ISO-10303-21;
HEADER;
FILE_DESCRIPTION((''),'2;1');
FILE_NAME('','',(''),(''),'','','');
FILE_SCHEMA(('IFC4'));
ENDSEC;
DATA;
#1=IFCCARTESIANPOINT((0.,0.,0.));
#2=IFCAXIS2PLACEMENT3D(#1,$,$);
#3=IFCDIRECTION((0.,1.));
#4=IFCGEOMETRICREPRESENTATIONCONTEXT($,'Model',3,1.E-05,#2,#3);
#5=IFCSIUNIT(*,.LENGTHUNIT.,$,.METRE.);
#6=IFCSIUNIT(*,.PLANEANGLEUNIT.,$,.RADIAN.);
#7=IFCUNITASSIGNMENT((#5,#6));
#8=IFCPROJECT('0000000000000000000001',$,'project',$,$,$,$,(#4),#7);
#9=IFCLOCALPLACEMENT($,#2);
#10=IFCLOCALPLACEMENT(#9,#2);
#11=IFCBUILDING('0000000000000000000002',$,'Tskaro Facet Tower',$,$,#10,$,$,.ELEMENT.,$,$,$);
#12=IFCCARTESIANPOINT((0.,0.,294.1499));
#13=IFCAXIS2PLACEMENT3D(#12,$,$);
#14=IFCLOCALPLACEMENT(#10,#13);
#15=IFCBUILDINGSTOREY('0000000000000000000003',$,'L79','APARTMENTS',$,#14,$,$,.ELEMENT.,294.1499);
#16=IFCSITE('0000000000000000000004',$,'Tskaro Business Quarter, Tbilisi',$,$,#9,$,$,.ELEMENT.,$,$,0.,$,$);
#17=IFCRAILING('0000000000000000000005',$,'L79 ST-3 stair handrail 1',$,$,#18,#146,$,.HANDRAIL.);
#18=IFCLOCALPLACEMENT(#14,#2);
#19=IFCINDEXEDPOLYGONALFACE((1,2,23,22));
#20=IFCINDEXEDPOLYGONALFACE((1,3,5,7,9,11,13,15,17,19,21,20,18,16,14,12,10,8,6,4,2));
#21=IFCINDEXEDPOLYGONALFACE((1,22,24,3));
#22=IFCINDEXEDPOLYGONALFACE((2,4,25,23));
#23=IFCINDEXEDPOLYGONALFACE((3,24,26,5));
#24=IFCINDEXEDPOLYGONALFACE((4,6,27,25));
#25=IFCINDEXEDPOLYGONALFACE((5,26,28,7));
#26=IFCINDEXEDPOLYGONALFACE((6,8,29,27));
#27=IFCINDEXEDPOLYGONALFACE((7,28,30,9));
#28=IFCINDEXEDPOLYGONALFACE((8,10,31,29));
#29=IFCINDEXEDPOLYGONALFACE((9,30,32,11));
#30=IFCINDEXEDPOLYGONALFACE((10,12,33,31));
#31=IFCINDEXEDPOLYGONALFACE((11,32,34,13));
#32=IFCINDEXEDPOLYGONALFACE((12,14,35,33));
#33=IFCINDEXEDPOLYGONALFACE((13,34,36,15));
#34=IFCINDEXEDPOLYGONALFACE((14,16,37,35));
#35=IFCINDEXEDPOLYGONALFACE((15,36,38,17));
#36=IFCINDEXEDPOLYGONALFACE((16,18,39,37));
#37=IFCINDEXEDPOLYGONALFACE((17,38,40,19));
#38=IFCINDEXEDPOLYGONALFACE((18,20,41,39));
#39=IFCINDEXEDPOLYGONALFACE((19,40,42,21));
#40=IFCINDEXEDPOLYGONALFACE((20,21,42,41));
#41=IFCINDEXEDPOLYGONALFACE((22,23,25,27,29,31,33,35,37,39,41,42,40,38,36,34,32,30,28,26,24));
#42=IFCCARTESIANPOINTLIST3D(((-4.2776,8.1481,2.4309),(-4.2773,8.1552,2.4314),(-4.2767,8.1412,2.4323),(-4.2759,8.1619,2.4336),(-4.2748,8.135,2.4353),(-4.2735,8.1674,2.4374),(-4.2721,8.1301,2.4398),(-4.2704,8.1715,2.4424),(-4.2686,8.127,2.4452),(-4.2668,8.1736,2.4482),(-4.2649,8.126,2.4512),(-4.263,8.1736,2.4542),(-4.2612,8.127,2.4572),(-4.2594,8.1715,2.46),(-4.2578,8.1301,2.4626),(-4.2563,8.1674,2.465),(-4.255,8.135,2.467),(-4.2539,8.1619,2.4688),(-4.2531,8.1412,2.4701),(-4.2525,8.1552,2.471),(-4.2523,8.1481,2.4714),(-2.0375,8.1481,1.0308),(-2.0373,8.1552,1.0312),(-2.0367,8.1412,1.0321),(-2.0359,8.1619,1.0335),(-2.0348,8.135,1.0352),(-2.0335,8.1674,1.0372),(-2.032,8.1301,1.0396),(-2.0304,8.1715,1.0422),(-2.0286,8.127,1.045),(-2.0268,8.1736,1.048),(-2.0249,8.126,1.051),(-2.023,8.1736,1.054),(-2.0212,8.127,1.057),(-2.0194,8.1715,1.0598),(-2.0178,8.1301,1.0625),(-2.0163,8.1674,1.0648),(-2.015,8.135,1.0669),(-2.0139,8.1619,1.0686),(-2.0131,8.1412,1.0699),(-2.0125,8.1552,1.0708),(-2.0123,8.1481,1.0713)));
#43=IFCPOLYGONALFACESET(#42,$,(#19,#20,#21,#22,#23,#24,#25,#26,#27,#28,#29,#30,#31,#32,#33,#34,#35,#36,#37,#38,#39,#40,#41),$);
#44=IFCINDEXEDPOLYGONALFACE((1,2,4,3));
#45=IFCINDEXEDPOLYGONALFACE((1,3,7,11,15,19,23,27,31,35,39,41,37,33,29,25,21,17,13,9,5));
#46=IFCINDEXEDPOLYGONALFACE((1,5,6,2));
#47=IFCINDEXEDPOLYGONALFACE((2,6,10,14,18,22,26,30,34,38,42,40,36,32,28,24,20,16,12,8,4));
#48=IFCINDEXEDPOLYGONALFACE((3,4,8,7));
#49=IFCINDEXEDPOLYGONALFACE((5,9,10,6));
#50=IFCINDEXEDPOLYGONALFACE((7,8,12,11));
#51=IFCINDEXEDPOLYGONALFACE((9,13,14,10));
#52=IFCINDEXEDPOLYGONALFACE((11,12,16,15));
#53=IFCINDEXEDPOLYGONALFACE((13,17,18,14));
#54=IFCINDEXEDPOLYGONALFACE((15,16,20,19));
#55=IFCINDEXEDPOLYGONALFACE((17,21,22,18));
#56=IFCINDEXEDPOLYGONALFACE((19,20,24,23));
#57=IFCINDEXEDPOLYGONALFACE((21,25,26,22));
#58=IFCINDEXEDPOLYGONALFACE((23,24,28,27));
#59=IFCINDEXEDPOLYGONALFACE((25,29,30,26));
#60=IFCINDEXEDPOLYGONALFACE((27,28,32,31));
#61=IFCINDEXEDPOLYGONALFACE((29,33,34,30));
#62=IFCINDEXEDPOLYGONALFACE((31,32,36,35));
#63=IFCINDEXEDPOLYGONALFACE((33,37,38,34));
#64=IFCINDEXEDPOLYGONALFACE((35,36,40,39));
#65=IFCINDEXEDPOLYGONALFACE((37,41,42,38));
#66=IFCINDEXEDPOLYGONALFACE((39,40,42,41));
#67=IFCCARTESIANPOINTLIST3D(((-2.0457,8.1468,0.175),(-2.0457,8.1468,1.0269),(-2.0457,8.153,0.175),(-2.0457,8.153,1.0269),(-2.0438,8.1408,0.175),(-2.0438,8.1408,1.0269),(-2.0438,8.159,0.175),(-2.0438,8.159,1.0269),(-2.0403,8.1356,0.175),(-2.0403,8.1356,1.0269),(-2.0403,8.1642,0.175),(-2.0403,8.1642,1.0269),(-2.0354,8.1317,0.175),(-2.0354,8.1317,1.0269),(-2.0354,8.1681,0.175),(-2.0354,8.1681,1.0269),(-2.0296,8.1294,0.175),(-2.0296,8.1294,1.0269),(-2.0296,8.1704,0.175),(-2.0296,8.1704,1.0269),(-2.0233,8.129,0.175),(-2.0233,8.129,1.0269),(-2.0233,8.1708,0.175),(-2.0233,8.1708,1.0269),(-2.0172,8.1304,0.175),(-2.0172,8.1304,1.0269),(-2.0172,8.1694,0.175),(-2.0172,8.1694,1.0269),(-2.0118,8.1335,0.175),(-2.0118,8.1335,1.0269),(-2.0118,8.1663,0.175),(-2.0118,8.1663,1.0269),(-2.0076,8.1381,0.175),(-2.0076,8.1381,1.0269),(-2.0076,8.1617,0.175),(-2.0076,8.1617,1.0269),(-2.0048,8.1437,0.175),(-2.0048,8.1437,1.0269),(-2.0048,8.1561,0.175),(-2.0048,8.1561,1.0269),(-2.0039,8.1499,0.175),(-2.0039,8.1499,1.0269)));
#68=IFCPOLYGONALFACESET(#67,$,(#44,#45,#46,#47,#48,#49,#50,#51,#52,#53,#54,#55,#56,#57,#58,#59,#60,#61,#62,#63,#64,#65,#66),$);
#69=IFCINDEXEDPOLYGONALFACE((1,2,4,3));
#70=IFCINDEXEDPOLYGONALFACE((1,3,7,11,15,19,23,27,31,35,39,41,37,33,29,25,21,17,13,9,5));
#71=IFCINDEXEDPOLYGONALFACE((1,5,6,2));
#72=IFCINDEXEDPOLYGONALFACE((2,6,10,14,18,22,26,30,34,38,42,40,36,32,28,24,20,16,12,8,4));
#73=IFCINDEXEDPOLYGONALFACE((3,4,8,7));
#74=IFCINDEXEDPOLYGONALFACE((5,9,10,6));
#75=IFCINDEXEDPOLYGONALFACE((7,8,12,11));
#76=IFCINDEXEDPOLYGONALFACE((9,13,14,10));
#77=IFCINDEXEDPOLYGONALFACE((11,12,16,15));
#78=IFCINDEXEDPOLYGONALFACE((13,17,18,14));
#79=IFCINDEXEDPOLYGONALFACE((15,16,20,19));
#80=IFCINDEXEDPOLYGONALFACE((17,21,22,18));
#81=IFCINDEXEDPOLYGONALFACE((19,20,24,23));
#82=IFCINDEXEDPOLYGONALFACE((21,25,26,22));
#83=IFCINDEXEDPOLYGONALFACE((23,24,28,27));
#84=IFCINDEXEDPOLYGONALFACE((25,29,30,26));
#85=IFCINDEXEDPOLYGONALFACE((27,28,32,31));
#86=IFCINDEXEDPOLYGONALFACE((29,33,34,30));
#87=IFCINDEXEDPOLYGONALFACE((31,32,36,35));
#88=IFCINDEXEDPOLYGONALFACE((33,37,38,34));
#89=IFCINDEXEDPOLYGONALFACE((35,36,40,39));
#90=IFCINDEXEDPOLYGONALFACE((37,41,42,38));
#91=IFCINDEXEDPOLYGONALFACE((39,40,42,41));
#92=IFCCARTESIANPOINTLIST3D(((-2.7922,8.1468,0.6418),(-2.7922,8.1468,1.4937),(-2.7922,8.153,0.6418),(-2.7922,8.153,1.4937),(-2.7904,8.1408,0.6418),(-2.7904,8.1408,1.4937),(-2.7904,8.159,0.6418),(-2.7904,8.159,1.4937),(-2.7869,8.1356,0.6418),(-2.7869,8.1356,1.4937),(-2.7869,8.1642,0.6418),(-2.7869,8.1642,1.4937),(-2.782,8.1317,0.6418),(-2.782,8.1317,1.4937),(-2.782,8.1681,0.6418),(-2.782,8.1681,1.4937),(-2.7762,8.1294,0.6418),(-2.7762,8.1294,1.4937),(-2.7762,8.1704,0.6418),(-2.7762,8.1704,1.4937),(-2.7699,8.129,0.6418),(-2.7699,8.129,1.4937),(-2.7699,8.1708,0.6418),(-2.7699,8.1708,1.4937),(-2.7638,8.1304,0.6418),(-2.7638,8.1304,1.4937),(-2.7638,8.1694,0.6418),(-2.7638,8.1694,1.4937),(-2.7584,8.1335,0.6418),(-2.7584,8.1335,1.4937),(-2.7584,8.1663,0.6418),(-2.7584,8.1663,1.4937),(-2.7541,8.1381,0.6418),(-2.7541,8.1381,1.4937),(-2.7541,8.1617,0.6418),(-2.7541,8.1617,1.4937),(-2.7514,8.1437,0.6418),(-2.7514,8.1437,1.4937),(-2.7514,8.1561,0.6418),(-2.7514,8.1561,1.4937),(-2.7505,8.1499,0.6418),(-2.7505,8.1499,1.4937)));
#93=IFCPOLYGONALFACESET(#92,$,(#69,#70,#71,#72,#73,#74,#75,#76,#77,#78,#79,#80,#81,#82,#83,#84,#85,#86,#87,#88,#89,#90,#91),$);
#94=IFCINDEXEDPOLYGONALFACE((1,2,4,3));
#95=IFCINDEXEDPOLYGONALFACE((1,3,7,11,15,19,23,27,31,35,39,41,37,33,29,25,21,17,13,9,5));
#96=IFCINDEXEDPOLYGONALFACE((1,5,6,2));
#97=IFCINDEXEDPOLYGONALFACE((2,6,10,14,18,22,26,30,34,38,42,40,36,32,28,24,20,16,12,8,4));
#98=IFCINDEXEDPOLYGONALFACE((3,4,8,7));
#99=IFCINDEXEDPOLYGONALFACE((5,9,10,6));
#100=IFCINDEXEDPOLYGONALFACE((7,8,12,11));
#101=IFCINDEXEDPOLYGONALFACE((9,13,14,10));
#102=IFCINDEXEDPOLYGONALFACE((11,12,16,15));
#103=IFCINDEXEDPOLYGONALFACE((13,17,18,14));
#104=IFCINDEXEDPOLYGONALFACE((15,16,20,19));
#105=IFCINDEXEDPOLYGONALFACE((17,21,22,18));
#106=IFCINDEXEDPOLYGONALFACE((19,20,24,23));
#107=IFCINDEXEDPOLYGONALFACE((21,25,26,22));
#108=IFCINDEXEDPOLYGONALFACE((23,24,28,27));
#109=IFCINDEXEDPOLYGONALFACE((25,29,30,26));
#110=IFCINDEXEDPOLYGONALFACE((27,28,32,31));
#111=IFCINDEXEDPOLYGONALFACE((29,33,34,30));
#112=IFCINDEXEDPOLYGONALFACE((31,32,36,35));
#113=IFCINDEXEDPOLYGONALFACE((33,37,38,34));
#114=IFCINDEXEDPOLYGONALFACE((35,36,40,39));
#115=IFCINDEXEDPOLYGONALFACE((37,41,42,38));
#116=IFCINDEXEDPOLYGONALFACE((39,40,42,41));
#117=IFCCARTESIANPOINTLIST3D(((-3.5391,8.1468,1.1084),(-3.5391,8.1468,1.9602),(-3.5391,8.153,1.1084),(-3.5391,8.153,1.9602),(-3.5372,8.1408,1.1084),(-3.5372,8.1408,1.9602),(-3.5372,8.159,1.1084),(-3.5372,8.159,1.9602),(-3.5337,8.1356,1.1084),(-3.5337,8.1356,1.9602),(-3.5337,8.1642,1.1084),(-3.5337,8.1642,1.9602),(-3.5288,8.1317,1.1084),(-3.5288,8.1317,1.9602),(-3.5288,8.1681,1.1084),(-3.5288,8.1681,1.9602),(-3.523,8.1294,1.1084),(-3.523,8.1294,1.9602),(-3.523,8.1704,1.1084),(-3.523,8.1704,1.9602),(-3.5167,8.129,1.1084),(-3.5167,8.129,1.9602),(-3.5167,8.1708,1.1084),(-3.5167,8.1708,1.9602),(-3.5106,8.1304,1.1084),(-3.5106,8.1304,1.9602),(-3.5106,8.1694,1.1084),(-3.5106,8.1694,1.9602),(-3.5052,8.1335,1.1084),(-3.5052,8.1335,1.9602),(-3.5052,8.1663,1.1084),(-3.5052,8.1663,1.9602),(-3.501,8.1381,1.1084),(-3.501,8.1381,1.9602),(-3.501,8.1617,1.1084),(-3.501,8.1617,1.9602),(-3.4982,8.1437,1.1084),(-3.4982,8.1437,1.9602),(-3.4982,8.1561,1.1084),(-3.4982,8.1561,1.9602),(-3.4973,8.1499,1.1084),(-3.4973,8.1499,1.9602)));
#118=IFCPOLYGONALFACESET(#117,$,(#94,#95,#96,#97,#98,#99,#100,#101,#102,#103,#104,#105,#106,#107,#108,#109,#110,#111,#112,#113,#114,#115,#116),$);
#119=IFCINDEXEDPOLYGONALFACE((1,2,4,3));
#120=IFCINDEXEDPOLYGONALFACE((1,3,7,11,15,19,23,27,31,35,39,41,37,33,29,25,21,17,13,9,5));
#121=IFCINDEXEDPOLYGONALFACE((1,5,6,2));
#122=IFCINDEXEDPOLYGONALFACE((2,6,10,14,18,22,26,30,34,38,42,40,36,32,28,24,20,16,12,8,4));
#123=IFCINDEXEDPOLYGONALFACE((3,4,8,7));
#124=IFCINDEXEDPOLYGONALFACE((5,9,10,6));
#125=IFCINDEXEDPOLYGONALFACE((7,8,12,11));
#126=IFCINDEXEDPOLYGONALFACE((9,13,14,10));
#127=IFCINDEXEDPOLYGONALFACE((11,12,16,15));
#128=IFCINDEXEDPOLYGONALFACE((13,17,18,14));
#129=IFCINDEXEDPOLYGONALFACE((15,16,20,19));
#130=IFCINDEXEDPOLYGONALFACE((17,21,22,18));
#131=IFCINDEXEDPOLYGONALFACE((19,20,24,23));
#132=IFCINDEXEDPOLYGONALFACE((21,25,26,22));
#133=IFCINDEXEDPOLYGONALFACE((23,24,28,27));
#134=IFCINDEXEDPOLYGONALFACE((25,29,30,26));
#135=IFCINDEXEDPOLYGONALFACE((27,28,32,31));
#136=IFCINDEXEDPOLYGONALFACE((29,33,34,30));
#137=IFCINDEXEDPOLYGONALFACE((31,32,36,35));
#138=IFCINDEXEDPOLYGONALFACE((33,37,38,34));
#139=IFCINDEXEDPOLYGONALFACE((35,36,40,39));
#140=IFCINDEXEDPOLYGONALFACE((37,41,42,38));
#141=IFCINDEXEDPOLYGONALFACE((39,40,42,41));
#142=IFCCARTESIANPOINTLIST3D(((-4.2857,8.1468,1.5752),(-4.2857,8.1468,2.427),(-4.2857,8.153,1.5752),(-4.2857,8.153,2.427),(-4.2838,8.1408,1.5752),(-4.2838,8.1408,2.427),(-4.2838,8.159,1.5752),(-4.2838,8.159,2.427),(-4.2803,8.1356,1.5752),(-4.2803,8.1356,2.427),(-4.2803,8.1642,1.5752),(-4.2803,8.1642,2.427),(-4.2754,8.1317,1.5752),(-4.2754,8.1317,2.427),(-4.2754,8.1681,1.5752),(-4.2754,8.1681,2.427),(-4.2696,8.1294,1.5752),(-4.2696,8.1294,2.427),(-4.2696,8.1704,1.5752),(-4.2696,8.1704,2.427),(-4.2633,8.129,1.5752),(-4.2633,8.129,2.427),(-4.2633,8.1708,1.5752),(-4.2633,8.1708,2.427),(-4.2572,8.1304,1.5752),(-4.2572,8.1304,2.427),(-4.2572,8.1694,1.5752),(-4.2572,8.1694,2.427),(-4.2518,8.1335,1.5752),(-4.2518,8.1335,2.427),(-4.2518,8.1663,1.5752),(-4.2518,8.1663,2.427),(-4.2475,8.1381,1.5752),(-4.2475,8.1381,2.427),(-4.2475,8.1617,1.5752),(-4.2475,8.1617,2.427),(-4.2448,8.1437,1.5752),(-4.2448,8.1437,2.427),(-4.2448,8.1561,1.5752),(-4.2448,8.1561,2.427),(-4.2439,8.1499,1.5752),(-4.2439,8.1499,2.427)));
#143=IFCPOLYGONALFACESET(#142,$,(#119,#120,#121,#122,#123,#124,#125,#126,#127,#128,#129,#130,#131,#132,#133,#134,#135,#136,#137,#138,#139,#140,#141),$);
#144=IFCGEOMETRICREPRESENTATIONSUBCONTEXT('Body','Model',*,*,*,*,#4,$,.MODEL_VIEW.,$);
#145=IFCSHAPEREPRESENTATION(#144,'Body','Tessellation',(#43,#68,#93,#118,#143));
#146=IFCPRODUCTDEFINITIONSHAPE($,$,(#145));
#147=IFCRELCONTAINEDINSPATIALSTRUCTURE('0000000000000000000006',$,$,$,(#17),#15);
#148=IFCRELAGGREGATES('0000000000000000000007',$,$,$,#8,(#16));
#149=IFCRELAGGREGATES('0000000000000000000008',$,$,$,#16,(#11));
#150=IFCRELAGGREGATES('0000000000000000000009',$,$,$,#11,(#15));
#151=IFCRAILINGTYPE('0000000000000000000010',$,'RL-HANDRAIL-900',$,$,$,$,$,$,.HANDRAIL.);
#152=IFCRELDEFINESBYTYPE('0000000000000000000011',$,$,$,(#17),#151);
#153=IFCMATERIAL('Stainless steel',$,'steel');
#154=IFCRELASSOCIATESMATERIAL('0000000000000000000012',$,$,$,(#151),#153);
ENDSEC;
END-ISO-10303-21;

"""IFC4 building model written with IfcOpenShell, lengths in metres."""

from ifc_helpers import new_model, si_unit, direction, frame, origin, origin_2d, place, context, subcontext, project, spatial, circle, extrude, material, type_object, element, save


model = new_model("IFC4")

# Units and contexts
model_context = context("Model", 3, precision=1e-05, world=origin(), true_north=direction((0.0, 1.0)))
body_context = subcontext(model_context, "Body", "Model", "MODEL_VIEW")
ifc_project = project(units=[si_unit("LENGTHUNIT", "METRE"), si_unit("PLANEANGLEUNIT", "RADIAN")], contexts=[model_context])

# Site, building, storey
site_placement = place(None, origin())
site = spatial("IfcSite", under=ifc_project, at=site_placement, Name="Tskaro Business Quarter, Tbilisi", CompositionType="ELEMENT", RefElevation=0.0)
building_placement = place(site_placement, origin())
building = spatial("IfcBuilding", under=site, at=building_placement, Name="Tskaro Facet Tower", CompositionType="ELEMENT")
storey_placement = place(building_placement, frame((0.0, 0.0, 294.1499)))
storey = spatial("IfcBuildingStorey", under=building, at=storey_placement, Name="L79", Description="APARTMENTS", CompositionType="ELEMENT", Elevation=294.1499)

# Railing
ifc_material_1 = material(Name="Stainless steel", Category="steel")
railing_type_1 = type_object("IfcRailingType", Name="RL-HANDRAIL-900", PredefinedType="HANDRAIL", material=ifc_material_1)
railing_1_placement = place(storey_placement, frame((-2.0249, 8.1499, 0.175)))
element("IfcRailing", 1, at=railing_1_placement, inside=storey, type_object=railing_type_1, Name="L79 ST-3 stair handrail 1", PredefinedType="HANDRAIL", context=body_context, shape_type="SweptSolid", body=[
    extrude(circle(Radius=0.0239, at=origin_2d()), frame((0.0, 0.0, 0.876), z_axis=(-0.847972, 0.0, 0.53004), x_axis=(0.0, -1.0, 0.0)), (0.0, 0.0, 1.0), 2.6416),
    extrude(circle(Radius=0.021, at=origin_2d()), origin(), (0.0, 0.0, 1.0), 0.8518),
    extrude(circle(Radius=0.021, at=origin_2d()), frame((-0.7466, 0.0, 0.4668)), (0.0, 0.0, 1.0), 0.8518),
    extrude(circle(Radius=0.021, at=origin_2d()), frame((-1.4934, 0.0, 0.9333)), (0.0, 0.0, 1.0), 0.8518),
    extrude(circle(Radius=0.021, at=origin_2d()), frame((-2.24, 0.0, 1.4001)), (0.0, 0.0, 1.0), 0.8518),
])

save(model, "model.ifc")
